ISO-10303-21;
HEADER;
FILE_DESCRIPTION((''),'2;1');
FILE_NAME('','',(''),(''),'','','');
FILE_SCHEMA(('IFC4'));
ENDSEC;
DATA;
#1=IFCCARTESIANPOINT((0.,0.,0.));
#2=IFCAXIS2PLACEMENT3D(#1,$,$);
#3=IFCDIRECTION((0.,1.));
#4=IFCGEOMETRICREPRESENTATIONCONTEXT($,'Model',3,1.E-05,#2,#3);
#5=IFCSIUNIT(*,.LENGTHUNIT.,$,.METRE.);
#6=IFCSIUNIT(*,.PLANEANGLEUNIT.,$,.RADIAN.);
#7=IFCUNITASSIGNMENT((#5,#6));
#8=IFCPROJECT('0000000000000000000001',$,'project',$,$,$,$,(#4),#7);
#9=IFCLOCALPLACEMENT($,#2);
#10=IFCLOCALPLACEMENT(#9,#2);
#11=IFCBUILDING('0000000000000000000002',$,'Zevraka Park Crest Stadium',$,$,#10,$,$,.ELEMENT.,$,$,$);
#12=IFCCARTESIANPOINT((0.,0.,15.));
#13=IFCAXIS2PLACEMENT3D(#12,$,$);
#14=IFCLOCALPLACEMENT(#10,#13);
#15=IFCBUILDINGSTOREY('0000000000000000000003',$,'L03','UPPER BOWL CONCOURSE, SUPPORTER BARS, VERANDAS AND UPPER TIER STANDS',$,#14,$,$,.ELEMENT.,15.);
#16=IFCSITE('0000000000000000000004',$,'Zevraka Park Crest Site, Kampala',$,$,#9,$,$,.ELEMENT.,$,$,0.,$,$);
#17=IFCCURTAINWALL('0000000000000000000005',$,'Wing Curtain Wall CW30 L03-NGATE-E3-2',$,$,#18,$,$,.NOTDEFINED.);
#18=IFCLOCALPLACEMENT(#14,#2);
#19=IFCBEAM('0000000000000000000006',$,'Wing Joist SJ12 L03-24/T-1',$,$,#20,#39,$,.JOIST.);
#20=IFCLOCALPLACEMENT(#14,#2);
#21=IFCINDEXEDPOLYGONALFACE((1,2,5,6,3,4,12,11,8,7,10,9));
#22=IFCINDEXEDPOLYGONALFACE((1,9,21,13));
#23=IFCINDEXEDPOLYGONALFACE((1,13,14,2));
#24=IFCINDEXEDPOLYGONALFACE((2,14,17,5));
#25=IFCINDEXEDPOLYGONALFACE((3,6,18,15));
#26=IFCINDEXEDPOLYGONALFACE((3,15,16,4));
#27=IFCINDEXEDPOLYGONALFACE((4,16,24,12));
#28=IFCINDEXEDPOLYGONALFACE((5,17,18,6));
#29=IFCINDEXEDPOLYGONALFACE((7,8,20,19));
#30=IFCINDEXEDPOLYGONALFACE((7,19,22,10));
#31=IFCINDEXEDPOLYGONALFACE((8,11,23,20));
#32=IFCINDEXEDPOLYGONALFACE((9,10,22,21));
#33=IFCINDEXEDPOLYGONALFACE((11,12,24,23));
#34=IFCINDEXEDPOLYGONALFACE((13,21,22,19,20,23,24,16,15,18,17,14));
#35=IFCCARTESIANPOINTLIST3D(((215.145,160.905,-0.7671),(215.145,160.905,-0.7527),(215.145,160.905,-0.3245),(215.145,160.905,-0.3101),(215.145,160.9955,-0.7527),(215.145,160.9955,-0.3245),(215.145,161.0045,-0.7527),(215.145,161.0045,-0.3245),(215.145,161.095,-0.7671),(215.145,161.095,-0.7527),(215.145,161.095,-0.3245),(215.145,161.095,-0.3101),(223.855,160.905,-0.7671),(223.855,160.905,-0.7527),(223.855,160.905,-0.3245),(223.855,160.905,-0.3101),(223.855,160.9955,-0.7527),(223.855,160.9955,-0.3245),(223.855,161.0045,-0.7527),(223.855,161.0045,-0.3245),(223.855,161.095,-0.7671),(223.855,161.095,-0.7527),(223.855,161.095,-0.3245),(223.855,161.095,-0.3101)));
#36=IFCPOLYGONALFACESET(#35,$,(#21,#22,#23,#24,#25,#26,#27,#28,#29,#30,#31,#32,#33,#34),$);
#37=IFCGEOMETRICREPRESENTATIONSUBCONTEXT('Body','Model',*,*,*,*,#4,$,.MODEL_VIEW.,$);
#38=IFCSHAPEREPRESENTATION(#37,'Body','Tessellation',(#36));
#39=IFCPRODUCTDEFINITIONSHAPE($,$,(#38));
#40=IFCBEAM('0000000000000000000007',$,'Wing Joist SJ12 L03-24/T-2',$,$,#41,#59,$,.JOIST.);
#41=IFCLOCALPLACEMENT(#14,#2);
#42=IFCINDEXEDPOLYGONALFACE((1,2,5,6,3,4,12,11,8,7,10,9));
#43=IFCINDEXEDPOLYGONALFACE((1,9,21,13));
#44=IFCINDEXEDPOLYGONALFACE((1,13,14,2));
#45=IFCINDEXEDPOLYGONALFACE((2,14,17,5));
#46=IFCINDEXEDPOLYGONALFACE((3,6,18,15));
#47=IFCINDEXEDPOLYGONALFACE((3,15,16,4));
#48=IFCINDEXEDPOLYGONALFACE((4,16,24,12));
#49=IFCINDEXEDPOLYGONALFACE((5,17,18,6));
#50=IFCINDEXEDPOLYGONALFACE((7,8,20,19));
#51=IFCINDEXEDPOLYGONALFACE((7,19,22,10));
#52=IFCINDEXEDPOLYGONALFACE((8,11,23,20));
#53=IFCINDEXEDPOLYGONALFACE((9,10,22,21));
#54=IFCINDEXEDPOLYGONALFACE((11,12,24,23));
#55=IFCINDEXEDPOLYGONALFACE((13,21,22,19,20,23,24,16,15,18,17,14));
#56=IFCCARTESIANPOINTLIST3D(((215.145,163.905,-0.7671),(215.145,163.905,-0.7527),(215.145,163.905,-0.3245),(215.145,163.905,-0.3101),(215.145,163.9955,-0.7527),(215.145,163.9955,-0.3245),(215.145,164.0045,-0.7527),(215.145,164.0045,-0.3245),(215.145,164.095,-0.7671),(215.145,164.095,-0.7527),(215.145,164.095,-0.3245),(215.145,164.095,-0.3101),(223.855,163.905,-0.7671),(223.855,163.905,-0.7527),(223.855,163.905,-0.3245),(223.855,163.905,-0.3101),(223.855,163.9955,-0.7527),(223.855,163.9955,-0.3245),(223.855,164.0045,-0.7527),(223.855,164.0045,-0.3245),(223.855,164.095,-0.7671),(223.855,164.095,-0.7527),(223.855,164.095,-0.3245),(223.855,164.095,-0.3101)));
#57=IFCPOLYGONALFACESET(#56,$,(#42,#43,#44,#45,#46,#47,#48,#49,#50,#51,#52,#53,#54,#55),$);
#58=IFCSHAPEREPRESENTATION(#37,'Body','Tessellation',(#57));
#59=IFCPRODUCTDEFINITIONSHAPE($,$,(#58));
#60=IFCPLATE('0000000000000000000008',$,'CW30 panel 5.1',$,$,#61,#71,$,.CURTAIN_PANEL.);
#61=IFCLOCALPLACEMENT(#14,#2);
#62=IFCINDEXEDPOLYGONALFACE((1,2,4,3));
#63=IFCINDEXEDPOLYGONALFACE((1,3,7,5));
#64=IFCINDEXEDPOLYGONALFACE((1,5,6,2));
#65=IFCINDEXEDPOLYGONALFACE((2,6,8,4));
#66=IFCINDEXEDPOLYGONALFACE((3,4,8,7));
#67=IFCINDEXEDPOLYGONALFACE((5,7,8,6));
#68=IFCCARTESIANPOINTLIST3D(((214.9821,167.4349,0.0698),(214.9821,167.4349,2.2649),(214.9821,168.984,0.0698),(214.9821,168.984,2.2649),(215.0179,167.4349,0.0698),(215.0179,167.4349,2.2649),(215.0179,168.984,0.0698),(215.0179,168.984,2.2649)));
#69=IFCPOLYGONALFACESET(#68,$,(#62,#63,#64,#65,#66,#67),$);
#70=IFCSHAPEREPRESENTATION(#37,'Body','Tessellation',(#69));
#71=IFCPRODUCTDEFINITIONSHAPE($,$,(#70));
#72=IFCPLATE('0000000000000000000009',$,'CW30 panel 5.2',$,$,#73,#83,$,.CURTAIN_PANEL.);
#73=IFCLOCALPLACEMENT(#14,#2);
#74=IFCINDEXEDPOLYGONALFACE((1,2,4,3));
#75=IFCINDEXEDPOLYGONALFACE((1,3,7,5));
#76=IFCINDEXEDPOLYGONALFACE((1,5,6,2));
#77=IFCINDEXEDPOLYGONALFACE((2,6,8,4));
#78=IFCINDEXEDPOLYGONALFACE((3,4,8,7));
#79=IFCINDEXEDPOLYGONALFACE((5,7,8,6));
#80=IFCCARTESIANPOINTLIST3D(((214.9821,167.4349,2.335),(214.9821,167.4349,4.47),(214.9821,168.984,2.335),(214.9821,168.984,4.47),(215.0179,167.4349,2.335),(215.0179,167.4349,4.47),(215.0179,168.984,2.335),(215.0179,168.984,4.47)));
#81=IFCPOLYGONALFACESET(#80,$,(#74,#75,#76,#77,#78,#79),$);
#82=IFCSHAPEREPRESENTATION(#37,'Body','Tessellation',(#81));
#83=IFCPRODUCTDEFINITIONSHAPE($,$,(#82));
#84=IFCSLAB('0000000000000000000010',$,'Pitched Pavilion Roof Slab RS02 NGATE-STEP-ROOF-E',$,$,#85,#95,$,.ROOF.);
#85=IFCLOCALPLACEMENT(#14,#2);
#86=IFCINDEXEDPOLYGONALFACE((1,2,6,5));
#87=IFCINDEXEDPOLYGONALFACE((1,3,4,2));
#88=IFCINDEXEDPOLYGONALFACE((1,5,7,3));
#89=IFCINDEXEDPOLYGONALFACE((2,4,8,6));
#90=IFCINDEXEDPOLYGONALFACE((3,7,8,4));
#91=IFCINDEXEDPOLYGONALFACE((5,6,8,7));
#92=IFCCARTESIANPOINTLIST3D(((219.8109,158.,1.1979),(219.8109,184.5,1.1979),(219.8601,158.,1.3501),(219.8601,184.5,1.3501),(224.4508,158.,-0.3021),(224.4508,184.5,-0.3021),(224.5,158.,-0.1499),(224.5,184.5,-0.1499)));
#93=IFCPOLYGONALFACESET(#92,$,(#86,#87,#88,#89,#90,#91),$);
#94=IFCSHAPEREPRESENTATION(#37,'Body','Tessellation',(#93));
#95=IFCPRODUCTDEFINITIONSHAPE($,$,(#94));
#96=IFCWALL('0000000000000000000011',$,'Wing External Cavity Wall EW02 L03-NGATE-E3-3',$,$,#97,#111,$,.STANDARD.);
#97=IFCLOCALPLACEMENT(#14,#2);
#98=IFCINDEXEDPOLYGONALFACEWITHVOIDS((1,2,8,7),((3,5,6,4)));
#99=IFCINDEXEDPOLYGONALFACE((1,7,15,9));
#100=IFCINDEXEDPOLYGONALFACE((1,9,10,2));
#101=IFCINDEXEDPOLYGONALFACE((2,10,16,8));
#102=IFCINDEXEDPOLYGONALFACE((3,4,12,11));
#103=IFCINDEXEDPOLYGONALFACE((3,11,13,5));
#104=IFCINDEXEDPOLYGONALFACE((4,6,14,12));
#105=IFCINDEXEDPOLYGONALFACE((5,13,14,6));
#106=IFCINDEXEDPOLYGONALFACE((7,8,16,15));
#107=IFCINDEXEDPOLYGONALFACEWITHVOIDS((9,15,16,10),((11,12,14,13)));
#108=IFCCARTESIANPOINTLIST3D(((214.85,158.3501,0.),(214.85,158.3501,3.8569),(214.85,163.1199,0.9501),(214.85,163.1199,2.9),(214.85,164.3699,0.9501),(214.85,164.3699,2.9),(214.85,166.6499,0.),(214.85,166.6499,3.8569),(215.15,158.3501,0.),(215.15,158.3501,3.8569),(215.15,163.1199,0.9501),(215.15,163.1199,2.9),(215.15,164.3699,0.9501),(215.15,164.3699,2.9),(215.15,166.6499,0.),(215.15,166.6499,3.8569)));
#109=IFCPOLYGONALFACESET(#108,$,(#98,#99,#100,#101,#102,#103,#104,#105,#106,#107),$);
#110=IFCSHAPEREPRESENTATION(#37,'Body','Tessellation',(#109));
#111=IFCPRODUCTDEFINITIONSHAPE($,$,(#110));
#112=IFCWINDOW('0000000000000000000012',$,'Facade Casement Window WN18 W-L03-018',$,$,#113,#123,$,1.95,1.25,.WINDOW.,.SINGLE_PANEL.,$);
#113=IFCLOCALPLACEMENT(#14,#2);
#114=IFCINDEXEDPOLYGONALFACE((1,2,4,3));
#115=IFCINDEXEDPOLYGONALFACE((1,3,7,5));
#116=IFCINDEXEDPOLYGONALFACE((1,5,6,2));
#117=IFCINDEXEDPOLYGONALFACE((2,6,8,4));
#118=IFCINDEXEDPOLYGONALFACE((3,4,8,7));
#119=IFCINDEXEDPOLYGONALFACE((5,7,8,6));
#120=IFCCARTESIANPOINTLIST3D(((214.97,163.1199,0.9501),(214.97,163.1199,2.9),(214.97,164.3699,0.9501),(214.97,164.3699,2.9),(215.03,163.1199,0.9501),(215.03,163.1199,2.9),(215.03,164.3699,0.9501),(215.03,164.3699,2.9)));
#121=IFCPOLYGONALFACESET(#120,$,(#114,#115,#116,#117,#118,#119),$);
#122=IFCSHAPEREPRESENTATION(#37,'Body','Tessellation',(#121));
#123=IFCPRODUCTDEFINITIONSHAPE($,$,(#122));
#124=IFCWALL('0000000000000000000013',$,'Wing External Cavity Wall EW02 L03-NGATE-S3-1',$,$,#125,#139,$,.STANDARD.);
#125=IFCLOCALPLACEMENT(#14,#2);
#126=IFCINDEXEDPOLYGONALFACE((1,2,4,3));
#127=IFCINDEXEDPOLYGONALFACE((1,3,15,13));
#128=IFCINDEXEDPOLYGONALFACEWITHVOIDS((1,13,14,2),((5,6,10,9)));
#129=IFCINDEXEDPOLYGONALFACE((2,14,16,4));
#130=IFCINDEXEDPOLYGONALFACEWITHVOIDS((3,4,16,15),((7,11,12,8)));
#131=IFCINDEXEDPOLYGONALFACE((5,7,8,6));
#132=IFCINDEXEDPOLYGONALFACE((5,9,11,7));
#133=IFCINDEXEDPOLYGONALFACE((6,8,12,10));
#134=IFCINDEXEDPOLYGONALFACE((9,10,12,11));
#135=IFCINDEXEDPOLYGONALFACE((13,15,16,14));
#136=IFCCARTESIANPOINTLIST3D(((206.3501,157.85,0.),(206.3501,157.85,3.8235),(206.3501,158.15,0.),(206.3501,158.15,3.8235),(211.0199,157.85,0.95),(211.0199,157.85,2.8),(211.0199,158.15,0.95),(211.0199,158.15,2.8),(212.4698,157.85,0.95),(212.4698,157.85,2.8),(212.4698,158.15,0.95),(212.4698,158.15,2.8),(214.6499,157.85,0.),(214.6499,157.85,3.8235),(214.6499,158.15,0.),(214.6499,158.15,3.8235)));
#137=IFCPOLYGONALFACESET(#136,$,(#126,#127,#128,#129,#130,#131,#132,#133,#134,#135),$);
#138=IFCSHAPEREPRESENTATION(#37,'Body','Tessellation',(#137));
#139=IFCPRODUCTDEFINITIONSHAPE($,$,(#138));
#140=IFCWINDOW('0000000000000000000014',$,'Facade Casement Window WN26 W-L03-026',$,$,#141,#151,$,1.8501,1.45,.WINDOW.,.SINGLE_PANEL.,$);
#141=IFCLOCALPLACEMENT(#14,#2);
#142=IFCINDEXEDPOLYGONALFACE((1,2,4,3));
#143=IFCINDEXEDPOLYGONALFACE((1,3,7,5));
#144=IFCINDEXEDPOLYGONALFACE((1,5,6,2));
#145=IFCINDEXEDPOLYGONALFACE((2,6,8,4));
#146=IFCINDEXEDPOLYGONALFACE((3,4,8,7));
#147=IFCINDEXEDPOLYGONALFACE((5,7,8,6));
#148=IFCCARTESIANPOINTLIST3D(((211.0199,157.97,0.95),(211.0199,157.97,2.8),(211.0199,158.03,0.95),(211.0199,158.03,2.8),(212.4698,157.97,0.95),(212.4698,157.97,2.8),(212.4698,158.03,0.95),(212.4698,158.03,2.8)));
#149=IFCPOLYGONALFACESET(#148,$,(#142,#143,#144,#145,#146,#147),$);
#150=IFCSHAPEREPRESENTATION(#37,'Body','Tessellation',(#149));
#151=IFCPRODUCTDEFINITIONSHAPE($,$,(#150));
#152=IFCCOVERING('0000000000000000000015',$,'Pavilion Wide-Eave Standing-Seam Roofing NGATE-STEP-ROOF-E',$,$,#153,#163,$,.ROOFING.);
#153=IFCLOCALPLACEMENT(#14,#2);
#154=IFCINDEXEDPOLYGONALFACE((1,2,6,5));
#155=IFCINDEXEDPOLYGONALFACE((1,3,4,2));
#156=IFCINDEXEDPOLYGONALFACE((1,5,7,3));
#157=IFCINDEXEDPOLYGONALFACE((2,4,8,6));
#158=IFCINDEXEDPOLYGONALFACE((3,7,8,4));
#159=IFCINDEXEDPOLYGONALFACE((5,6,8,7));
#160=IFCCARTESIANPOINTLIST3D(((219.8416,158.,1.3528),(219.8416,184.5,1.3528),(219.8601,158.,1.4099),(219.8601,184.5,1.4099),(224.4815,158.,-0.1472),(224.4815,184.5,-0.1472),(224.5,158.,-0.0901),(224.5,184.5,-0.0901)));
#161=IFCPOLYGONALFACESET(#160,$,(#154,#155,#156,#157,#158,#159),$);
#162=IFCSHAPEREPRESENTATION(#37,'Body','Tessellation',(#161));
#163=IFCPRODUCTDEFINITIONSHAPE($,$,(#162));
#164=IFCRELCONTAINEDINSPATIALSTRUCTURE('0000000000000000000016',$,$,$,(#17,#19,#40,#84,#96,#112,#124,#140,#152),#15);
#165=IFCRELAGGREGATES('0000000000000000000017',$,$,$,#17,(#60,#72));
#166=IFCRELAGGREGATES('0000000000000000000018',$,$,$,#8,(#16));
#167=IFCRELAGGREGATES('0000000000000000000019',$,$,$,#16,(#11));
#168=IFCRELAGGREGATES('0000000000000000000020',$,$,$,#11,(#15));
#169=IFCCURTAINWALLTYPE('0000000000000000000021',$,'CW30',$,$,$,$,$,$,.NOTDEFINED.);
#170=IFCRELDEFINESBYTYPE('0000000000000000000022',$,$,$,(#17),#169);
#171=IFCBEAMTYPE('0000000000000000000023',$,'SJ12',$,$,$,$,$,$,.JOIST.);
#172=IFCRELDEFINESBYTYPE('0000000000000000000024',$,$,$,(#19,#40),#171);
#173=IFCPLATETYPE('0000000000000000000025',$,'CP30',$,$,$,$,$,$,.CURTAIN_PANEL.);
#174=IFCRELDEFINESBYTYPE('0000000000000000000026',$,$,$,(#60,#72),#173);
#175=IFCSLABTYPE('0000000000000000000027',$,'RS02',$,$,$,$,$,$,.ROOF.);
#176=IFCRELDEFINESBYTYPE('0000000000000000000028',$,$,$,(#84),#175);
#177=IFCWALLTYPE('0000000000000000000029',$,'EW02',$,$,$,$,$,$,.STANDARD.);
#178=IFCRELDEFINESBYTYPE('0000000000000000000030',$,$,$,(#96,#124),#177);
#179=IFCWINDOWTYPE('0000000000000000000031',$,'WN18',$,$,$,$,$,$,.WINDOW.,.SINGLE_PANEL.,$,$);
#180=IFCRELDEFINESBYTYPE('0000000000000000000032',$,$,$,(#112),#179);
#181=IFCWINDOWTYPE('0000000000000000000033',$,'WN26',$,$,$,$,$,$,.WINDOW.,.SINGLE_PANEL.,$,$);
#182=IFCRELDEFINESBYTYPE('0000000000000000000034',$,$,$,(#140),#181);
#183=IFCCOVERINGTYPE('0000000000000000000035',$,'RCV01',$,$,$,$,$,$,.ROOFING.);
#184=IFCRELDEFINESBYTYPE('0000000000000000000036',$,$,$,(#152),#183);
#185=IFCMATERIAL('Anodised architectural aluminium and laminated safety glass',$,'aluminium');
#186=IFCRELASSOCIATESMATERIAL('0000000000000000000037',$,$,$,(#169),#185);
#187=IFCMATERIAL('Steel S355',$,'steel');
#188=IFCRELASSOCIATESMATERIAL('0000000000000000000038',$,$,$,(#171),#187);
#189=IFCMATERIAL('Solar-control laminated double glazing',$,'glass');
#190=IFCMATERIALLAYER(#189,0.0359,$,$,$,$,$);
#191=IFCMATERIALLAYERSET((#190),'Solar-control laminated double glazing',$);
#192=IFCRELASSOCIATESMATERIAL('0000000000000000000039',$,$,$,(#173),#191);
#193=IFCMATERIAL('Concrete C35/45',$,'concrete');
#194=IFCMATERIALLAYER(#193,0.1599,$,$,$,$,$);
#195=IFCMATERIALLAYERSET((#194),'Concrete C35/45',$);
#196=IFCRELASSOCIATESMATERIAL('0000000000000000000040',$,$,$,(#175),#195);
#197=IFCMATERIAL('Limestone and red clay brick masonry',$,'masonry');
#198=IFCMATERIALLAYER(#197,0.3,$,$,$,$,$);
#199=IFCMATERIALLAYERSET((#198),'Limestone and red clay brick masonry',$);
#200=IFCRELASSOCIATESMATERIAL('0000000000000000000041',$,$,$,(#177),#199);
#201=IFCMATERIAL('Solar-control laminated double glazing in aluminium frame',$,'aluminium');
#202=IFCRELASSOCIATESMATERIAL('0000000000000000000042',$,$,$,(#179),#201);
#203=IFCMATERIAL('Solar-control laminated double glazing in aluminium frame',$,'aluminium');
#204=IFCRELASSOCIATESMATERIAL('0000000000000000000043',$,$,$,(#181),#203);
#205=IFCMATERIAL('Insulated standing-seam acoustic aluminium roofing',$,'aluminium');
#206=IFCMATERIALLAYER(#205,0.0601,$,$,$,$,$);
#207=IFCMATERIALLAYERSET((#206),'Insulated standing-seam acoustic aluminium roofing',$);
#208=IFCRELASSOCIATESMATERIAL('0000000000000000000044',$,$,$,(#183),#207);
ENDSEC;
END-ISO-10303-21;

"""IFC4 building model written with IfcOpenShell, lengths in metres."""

from ifc_helpers import new_model, si_unit, direction, frame, frame_2d, origin, origin_2d, place, context, subcontext, project, spatial, polyline, rectangle, i_section, outline, extrude, material, layer, layer_set, material_profile, profile_set, type_object, element, fill, aggregate, save


model = new_model("IFC4")

# Units and contexts
model_context = context("Model", 3, precision=1e-05, world=origin(), true_north=direction((0.0, 1.0)))
body_context = subcontext(model_context, "Body", "Model", "MODEL_VIEW")
ifc_project = project(units=[si_unit("LENGTHUNIT", "METRE"), si_unit("PLANEANGLEUNIT", "RADIAN")], contexts=[model_context])

# Site, building, storey
site_placement = place(None, origin())
site = spatial("IfcSite", under=ifc_project, at=site_placement, Name="Zevraka Park Crest Site, Kampala", CompositionType="ELEMENT", RefElevation=0.0)
building_placement = place(site_placement, origin())
building = spatial("IfcBuilding", under=site, at=building_placement, Name="Zevraka Park Crest Stadium", CompositionType="ELEMENT")
storey_placement = place(building_placement, frame((0.0, 0.0, 15.0)))
storey = spatial("IfcBuildingStorey", under=building, at=storey_placement, Name="L03", Description="UPPER BOWL CONCOURSE, SUPPORTER BARS, VERANDAS AND UPPER TIER STANDS", CompositionType="ELEMENT", Elevation=15.0)

# Curtain wall
ifc_material_1 = material(Name="Anodised architectural aluminium and laminated safety glass", Category="aluminium")
curtain_wall_type = type_object("IfcCurtainWallType", Name="CW30", PredefinedType="NOTDEFINED", material=ifc_material_1)
curtain_wall_placement = place(storey_placement, origin())
curtain_wall = element("IfcCurtainWall", 1, at=curtain_wall_placement, inside=storey, type_object=curtain_wall_type, Name="Wing Curtain Wall CW30 L03-NGATE-E3-2", PredefinedType="NOTDEFINED")

# Beams
ifc_material_2 = material(Name="Steel S355", Category="steel")
ifc_material_profile_1 = material_profile(ifc_material_2, i_section(OverallWidth=0.1899, OverallDepth=0.457, WebThickness=0.009, FlangeThickness=0.0144, at=origin_2d()), Name="UKB 457x191x74")
ifc_profile_set_1 = profile_set([ifc_material_profile_1], Name="Steel S355")
beam_type_1 = type_object("IfcBeamType", Name="SJ12", PredefinedType="JOIST", material=ifc_profile_set_1)
for number, where, z_axis, x_axis, name in (
    (2, (215.145, 161.0, -0.5386), (1.0, 0.0, 0.0), (0.0, 1.0, 0.0), "Wing Joist SJ12 L03-24/T-1"),
    (3, (215.145, 164.0, -0.5386), (1.0, 0.0, 0.0), (0.0, 1.0, 0.0), "Wing Joist SJ12 L03-24/T-2"),
):
    element("IfcBeam", number, at=place(storey_placement, frame(where, z_axis=z_axis, x_axis=x_axis)), inside=storey, type_object=beam_type_1, Name=name, PredefinedType="JOIST", context=body_context, shape_type="SweptSolid", body=[
        extrude(i_section(OverallWidth=0.1899, OverallDepth=0.457, WebThickness=0.009, FlangeThickness=0.0144, at=origin_2d()), origin(), (0.0, 0.0, 1.0), 8.71),
    ])

# Plates
ifc_material_3 = material(Name="Solar-control laminated double glazing", Category="glass")
ifc_layer_1 = layer(ifc_material_3, 0.0359)
ifc_layer_set_1 = layer_set([ifc_layer_1], Name="Solar-control laminated double glazing")
plate_type = type_object("IfcPlateType", Name="CP30", PredefinedType="CURTAIN_PANEL", material=ifc_layer_set_1)
plate_1_placement = place(storey_placement, frame((215.0, 168.2095, 0.0698), z_axis=(0.0, 0.0, 1.0), x_axis=(0.0, -1.0, 0.0)))
plate_1 = element("IfcPlate", 4, at=plate_1_placement, type_object=plate_type, Name="CW30 panel 5.1", PredefinedType="CURTAIN_PANEL", context=body_context, shape_type="SweptSolid", body=[
    extrude(rectangle(XDim=1.5491, YDim=0.0359, at=origin_2d()), origin(), (0.0, 0.0, 1.0), 2.1951),
])
plate_2_placement = place(storey_placement, frame((215.0, 168.2095, 2.335), z_axis=(0.0, 0.0, 1.0), x_axis=(0.0, -1.0, 0.0)))
plate_2 = element("IfcPlate", 5, at=plate_2_placement, type_object=plate_type, Name="CW30 panel 5.2", PredefinedType="CURTAIN_PANEL", context=body_context, shape_type="SweptSolid", body=[
    extrude(rectangle(XDim=1.5491, YDim=0.0359, at=origin_2d()), origin(), (0.0, 0.0, 1.0), 2.135),
])
aggregate(curtain_wall, [plate_1, plate_2])

# Slab
ifc_material_4 = material(Name="Concrete C35/45", Category="concrete")
ifc_layer_2 = layer(ifc_material_4, 0.1599)
ifc_layer_set_2 = layer_set([ifc_layer_2], Name="Concrete C35/45")
slab_type = type_object("IfcSlabType", Name="RS02", PredefinedType="ROOF", material=ifc_layer_set_2)
slab_placement = place(storey_placement, frame((224.5, 158.0, -0.1499), z_axis=(0.307608, 0.0, 0.951513), x_axis=(0.0, 1.0, 0.0)))
element("IfcSlab", 6, at=slab_placement, inside=storey, type_object=slab_type, Name="Pitched Pavilion Roof Slab RS02 NGATE-STEP-ROOF-E", PredefinedType="ROOF", context=body_context, shape_type="SweptSolid", body=[
    extrude(outline(polyline([(0.0, 0.0), (26.5, 0.0), (26.5, 4.8763), (0.0, 4.8763), (0.0, 0.0)])), origin(), (0.0, 0.0, -1.0), 0.1599),
])

# Walls, openings, windows
ifc_material_5 = material(Name="Limestone and red clay brick masonry", Category="masonry")
ifc_layer_3 = layer(ifc_material_5, 0.3)
ifc_layer_set_3 = layer_set([ifc_layer_3], Name="Limestone and red clay brick masonry")
wall_type = type_object("IfcWallType", Name="EW02", PredefinedType="STANDARD", material=ifc_layer_set_3)
wall_1_placement = place(storey_placement, frame((215.0, 166.6499, 0.0), z_axis=(0.0, 0.0, 1.0), x_axis=(0.0, -1.0, 0.0)))
wall_1 = element("IfcWall", 7, at=wall_1_placement, inside=storey, type_object=wall_type, Name="Wing External Cavity Wall EW02 L03-NGATE-E3-3", PredefinedType="STANDARD", context=body_context, shape_type="SweptSolid", body=[
    extrude(rectangle(XDim=8.2998, YDim=0.3, at=frame_2d((4.1499, 0.0))), origin(), (0.0, 0.0, 1.0), 3.8569),
])
opening_1_placement = place(wall_1_placement, frame((2.28, 0.0, 0.95)))
opening_1 = element("IfcOpeningElement", 8, at=opening_1_placement, cuts=wall_1, PredefinedType="OPENING", context=body_context, shape_type="SweptSolid", body=[
    extrude(rectangle(XDim=1.25, YDim=1.95, at=frame_2d((0.625, 0.9751))), frame((0.0, 0.1599, 0.0), z_axis=(0.0, -1.0, 0.0), x_axis=(1.0, 0.0, 0.0)), (0.0, 0.0, 1.0), 0.3201),
])
ifc_material_6 = material(Name="Solar-control laminated double glazing in aluminium frame", Category="aluminium")
window_type_1 = type_object("IfcWindowType", Name="WN18", PartitioningType="SINGLE_PANEL", PredefinedType="WINDOW", material=ifc_material_6)
window_1_placement = place(opening_1_placement, origin())
window_1 = element("IfcWindow", 9, at=window_1_placement, inside=storey, type_object=window_type_1, Name="Facade Casement Window WN18 W-L03-018", OverallHeight=1.95, OverallWidth=1.25, PartitioningType="SINGLE_PANEL", PredefinedType="WINDOW", context=body_context, shape_type="SweptSolid", body=[
    extrude(rectangle(XDim=1.25, YDim=1.95, at=frame_2d((0.625, 0.9751))), frame((0.0, 0.03, 0.0), z_axis=(0.0, -1.0, 0.0), x_axis=(1.0, 0.0, 0.0)), (0.0, 0.0, 1.0), 0.0601),
])
fill(opening_1, window_1)
wall_2_placement = place(storey_placement, frame((214.6499, 158.0, 0.0), z_axis=(0.0, 0.0, 1.0), x_axis=(-1.0, 0.0, 0.0)))
wall_2 = element("IfcWall", 10, at=wall_2_placement, inside=storey, type_object=wall_type, Name="Wing External Cavity Wall EW02 L03-NGATE-S3-1", PredefinedType="STANDARD", context=body_context, shape_type="SweptSolid", body=[
    extrude(rectangle(XDim=8.2998, YDim=0.3, at=frame_2d((4.1499, 0.0))), origin(), (0.0, 0.0, 1.0), 3.8235),
])
opening_2_placement = place(wall_2_placement, frame((2.1799, 0.0, 0.95)))
opening_2 = element("IfcOpeningElement", 11, at=opening_2_placement, cuts=wall_2, PredefinedType="OPENING", context=body_context, shape_type="SweptSolid", body=[
    extrude(rectangle(XDim=1.45, YDim=1.8501, at=frame_2d((0.7251, 0.925))), frame((0.0, 0.1599, 0.0), z_axis=(0.0, -1.0, 0.0), x_axis=(1.0, 0.0, 0.0)), (0.0, 0.0, 1.0), 0.3201),
])
ifc_material_7 = material(Name="Solar-control laminated double glazing in aluminium frame", Category="aluminium")
window_type_2 = type_object("IfcWindowType", Name="WN26", PartitioningType="SINGLE_PANEL", PredefinedType="WINDOW", material=ifc_material_7)
window_2_placement = place(opening_2_placement, origin())
window_2 = element("IfcWindow", 12, at=window_2_placement, inside=storey, type_object=window_type_2, Name="Facade Casement Window WN26 W-L03-026", OverallHeight=1.8501, OverallWidth=1.45, PartitioningType="SINGLE_PANEL", PredefinedType="WINDOW", context=body_context, shape_type="SweptSolid", body=[
    extrude(rectangle(XDim=1.45, YDim=1.8501, at=frame_2d((0.7251, 0.925))), frame((0.0, 0.03, 0.0), z_axis=(0.0, -1.0, 0.0), x_axis=(1.0, 0.0, 0.0)), (0.0, 0.0, 1.0), 0.0601),
])
fill(opening_2, window_2)

# Covering
ifc_material_8 = material(Name="Insulated standing-seam acoustic aluminium roofing", Category="aluminium")
ifc_layer_4 = layer(ifc_material_8, 0.0601)
ifc_layer_set_4 = layer_set([ifc_layer_4], Name="Insulated standing-seam acoustic aluminium roofing")
covering_type = type_object("IfcCoveringType", Name="RCV01", PredefinedType="ROOFING", material=ifc_layer_set_4)
covering_placement = place(storey_placement, frame((224.5, 158.0, -0.0901), z_axis=(0.307608, 0.0, 0.951513), x_axis=(0.0, 1.0, 0.0)))
element("IfcCovering", 13, at=covering_placement, inside=storey, type_object=covering_type, Name="Pavilion Wide-Eave Standing-Seam Roofing NGATE-STEP-ROOF-E", PredefinedType="ROOFING", context=body_context, shape_type="SweptSolid", body=[
    extrude(outline(polyline([(0.0, 0.0), (26.5, 0.0), (26.5, 4.8763), (0.0, 4.8763), (0.0, 0.0)])), origin(), (0.0, 0.0, -1.0), 0.0601),
])

save(model, "model.ifc")
